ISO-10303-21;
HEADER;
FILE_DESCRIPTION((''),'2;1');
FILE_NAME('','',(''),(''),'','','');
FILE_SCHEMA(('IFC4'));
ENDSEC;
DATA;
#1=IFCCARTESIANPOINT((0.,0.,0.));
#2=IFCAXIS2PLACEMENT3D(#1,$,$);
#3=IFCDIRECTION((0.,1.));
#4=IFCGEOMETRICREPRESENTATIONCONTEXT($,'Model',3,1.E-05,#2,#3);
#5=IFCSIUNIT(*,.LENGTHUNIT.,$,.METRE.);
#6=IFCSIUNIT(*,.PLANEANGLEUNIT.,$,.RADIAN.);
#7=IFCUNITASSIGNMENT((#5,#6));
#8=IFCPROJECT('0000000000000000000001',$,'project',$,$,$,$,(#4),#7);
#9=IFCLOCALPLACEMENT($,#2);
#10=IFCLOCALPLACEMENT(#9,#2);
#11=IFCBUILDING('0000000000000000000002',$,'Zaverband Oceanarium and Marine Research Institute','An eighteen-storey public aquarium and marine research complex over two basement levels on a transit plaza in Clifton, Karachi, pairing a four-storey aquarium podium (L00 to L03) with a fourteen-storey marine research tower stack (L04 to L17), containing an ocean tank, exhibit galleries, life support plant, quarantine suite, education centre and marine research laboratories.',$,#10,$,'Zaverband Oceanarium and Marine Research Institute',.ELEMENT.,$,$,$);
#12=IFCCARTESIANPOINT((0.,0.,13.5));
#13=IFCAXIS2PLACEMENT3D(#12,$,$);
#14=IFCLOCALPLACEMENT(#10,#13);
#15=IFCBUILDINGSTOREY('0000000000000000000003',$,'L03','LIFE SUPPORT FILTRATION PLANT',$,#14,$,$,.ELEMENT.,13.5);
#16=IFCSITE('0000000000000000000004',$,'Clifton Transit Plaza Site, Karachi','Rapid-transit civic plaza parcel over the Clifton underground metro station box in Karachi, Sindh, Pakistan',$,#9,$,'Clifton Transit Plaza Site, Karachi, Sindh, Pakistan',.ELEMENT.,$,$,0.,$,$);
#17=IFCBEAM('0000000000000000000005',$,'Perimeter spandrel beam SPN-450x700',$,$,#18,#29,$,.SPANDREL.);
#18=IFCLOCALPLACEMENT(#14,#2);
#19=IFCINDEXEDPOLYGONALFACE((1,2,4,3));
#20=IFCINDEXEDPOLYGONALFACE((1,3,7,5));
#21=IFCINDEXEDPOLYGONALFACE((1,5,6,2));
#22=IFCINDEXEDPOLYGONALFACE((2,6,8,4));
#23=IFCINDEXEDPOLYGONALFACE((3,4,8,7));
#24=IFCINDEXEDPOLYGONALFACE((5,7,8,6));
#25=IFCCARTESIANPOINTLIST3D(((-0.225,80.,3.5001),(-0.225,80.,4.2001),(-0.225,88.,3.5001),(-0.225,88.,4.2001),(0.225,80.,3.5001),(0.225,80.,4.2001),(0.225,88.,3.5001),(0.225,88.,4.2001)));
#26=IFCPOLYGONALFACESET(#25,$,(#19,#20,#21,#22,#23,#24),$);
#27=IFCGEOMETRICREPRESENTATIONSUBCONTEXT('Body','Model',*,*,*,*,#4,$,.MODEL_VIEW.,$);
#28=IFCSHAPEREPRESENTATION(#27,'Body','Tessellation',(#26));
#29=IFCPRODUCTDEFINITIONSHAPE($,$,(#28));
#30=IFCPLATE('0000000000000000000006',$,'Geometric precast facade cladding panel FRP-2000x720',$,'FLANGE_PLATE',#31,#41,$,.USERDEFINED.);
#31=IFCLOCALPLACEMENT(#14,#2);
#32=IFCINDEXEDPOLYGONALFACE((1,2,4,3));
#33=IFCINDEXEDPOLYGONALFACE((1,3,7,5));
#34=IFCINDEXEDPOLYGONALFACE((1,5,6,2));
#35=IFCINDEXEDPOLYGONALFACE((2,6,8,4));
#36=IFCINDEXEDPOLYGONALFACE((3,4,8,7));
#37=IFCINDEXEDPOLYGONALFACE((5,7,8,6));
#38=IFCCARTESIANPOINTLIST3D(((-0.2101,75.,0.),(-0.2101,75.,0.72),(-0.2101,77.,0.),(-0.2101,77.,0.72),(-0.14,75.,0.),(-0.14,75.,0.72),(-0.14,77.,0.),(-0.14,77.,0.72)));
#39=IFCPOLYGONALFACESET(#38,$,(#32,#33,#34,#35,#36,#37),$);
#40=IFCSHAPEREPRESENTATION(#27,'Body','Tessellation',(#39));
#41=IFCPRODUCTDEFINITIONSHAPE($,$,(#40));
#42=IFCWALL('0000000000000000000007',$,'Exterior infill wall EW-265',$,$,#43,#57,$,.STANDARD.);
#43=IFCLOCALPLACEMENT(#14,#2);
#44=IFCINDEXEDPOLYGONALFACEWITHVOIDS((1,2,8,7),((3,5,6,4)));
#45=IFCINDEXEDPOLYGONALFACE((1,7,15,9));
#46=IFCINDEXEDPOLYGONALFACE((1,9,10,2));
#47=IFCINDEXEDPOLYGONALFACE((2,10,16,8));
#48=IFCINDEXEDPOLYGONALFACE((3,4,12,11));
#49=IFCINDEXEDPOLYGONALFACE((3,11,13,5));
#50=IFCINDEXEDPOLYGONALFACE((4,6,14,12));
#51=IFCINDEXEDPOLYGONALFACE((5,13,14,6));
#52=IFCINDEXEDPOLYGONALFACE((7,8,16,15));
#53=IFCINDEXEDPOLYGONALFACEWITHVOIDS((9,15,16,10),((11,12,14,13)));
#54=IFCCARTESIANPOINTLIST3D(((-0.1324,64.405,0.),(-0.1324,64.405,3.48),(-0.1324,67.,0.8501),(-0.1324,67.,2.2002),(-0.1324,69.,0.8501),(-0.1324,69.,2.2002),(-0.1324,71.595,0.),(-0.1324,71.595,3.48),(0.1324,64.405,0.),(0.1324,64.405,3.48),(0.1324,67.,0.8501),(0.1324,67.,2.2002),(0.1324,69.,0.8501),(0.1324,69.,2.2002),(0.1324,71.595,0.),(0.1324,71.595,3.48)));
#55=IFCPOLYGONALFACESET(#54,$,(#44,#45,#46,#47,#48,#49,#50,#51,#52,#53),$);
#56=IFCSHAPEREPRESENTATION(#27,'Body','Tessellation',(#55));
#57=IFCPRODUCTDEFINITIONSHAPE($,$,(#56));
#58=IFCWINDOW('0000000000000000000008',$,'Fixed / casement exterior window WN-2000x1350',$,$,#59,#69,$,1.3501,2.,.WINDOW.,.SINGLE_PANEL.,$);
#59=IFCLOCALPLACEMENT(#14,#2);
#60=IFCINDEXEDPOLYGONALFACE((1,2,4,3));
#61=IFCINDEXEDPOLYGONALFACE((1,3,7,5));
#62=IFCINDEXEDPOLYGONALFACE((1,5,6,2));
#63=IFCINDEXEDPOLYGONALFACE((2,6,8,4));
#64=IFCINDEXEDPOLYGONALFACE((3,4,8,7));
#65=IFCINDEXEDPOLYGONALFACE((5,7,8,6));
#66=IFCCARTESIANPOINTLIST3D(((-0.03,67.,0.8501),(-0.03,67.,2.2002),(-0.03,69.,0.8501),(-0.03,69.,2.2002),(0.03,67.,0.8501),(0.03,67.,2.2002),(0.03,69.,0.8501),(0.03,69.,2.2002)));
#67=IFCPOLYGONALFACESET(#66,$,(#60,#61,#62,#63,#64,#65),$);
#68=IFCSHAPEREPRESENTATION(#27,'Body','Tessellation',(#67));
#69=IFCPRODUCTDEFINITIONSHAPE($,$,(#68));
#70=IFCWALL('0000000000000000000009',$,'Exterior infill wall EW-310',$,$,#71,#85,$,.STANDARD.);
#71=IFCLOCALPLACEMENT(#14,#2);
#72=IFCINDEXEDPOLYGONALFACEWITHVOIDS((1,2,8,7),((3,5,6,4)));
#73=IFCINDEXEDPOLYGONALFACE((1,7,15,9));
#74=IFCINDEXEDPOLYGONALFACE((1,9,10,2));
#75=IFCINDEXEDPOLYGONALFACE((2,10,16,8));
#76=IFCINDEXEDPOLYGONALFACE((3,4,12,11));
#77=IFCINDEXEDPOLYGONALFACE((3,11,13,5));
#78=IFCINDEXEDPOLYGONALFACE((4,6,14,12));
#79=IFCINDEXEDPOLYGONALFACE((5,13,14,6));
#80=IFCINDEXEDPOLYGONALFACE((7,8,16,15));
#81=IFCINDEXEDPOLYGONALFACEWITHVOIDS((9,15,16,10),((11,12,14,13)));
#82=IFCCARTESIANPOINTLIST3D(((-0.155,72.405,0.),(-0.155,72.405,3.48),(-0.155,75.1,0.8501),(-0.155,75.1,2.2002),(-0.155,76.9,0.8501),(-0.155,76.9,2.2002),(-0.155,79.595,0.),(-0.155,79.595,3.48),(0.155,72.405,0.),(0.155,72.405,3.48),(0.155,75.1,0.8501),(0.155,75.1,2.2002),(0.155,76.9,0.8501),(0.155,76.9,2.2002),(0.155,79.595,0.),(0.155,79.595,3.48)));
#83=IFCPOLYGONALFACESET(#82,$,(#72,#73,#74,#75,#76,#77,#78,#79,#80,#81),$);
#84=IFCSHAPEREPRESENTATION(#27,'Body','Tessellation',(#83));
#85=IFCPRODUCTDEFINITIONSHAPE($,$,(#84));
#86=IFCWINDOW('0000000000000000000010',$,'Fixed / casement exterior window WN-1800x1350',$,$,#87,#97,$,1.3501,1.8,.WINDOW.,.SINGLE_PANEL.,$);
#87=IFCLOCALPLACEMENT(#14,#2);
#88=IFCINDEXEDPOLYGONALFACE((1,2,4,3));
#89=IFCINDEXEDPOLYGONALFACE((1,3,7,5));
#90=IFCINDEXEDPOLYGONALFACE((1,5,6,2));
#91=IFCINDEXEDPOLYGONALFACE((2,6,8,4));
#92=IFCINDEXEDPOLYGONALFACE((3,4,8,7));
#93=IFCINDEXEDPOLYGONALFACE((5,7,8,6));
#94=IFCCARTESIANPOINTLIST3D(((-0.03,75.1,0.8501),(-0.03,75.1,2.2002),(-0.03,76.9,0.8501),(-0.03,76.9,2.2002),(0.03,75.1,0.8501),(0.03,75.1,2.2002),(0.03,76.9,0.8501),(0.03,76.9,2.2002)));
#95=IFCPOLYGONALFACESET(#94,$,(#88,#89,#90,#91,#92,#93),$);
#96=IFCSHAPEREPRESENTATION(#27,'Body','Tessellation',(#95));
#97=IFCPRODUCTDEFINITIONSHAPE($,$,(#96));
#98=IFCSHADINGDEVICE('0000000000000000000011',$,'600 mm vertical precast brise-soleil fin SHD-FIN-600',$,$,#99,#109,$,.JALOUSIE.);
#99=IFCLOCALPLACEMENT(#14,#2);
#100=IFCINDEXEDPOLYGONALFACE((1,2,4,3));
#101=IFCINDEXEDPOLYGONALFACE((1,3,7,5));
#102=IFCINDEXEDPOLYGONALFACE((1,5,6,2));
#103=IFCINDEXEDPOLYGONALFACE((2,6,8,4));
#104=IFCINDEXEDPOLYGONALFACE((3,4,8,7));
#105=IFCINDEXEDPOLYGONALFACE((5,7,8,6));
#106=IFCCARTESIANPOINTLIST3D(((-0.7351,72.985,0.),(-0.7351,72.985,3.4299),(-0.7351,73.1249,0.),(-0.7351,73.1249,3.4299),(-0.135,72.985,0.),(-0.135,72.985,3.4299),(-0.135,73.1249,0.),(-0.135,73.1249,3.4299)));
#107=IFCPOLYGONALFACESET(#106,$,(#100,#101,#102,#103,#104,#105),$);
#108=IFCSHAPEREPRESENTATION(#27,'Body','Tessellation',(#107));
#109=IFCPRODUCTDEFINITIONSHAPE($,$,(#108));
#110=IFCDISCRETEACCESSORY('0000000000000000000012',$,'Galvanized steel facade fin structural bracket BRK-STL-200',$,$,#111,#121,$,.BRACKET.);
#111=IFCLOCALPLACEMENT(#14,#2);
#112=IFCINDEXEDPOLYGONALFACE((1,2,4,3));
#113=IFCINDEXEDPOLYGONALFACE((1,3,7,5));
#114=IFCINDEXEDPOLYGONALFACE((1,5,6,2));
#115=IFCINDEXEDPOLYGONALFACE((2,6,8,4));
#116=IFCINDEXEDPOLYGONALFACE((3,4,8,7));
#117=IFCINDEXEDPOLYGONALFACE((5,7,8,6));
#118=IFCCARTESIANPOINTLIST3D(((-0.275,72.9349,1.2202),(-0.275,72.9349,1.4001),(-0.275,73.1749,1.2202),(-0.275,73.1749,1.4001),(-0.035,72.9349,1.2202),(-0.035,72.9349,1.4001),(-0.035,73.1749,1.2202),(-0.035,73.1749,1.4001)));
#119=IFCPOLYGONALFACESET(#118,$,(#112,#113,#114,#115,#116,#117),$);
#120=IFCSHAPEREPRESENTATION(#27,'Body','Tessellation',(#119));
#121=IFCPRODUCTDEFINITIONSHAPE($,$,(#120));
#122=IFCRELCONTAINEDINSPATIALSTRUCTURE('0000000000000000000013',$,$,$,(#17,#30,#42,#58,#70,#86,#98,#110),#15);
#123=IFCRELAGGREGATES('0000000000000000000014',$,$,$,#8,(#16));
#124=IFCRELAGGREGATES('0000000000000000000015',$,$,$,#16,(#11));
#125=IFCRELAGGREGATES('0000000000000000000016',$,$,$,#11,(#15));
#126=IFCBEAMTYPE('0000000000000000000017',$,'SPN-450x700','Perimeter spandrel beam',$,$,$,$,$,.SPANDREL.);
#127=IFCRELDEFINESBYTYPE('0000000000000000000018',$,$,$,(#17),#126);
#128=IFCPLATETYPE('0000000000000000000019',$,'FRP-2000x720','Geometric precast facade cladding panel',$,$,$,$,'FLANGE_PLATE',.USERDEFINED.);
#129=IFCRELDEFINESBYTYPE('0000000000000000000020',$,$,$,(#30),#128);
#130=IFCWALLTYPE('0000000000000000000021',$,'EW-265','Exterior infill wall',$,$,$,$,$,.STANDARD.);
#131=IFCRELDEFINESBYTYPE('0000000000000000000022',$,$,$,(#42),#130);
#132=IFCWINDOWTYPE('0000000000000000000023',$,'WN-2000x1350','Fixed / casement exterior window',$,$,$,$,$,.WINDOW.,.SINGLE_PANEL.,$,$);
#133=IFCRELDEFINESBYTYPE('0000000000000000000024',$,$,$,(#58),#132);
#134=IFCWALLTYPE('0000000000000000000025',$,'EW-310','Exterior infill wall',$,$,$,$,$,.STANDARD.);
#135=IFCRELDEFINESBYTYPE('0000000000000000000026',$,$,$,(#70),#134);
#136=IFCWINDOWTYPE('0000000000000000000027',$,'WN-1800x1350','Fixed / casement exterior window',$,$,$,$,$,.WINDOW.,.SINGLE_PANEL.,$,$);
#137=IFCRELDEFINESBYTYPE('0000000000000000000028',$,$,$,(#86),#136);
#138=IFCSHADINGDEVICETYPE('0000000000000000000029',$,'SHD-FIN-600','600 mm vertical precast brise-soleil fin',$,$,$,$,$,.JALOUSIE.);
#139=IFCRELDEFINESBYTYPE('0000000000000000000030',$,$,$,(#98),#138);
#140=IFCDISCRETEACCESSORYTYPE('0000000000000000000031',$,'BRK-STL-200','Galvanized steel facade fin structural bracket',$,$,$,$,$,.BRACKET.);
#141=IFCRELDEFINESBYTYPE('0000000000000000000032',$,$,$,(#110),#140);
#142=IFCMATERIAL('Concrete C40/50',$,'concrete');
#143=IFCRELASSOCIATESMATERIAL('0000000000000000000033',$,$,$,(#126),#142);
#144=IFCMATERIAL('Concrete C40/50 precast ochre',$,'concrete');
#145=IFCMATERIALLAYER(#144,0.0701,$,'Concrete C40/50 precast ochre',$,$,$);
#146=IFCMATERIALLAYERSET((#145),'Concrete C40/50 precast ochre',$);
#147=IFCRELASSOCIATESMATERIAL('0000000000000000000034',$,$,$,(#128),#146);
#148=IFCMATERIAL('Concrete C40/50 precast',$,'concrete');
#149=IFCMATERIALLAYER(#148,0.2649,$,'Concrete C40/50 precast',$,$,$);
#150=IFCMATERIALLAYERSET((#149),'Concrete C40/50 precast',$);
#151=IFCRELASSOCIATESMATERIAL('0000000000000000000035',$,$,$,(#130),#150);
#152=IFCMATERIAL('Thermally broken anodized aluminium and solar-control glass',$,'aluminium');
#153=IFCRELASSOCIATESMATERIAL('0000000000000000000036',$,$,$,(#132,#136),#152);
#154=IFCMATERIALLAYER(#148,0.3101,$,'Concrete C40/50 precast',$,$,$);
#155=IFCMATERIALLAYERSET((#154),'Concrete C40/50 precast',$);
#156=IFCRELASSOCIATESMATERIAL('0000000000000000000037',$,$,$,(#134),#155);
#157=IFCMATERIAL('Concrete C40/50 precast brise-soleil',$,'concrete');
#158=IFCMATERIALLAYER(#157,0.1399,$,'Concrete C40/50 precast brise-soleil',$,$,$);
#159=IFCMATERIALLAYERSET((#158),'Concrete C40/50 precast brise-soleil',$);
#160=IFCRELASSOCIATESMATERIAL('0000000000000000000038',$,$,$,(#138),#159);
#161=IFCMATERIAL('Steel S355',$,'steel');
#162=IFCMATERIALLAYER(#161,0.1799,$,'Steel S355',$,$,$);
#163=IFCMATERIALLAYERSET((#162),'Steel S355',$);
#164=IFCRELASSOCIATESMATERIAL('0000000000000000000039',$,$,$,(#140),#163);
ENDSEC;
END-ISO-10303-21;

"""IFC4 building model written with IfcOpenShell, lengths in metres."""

from ifc_helpers import new_model, si_unit, direction, frame, frame_2d, origin, origin_2d, place, context, subcontext, project, spatial, rectangle, extrude, material, layer, layer_set, material_profile, profile_set, type_object, element, fill, save


model = new_model("IFC4")

# Units and contexts
model_context = context("Model", 3, precision=1e-05, world=origin(), true_north=direction((0.0, 1.0)))
body_context = subcontext(model_context, "Body", "Model", "MODEL_VIEW")
ifc_project = project(units=[si_unit("LENGTHUNIT", "METRE"), si_unit("PLANEANGLEUNIT", "RADIAN")], contexts=[model_context])

# Site, building, storey
site_placement = place(None, origin())
site = spatial("IfcSite", under=ifc_project, at=site_placement, Name="Clifton Transit Plaza Site, Karachi", Description="Rapid-transit civic plaza parcel over the Clifton underground metro station box in Karachi, Sindh, Pakistan", LongName="Clifton Transit Plaza Site, Karachi, Sindh, Pakistan", CompositionType="ELEMENT", RefElevation=0.0)
building_placement = place(site_placement, origin())
building = spatial("IfcBuilding", under=site, at=building_placement, Name="Zaverband Oceanarium and Marine Research Institute", Description="An eighteen-storey public aquarium and marine research complex over two basement levels on a transit plaza in Clifton, Karachi, pairing a four-storey aquarium podium (L00 to L03) with a fourteen-storey marine research tower stack (L04 to L17), containing an ocean tank, exhibit galleries, life support plant, quarantine suite, education centre and marine research laboratories.", LongName="Zaverband Oceanarium and Marine Research Institute", CompositionType="ELEMENT")
storey_placement = place(building_placement, frame((0.0, 0.0, 13.5)))
storey = spatial("IfcBuildingStorey", under=building, at=storey_placement, Name="L03", Description="LIFE SUPPORT FILTRATION PLANT", CompositionType="ELEMENT", Elevation=13.5)

# Beam
ifc_material_1 = material(Name="Concrete C40/50", Category="concrete")
ifc_material_profile_1 = material_profile(ifc_material_1, rectangle(XDim=0.45, YDim=0.7, at=origin_2d()), Name="RC450x700")
ifc_profile_set_1 = profile_set([ifc_material_profile_1], Name="Concrete C40/50")
beam_type_1 = type_object("IfcBeamType", Name="SPN-450x700", Description="Perimeter spandrel beam", PredefinedType="SPANDREL", material=ifc_profile_set_1)
for number, where, z_axis, x_axis, name in (
    (1, (0.0, 80.0, 3.8501), (0.0, 1.0, 0.0), (-1.0, 0.0, 0.0), "Perimeter spandrel beam SPN-450x700"),
):
    element("IfcBeam", number, at=place(storey_placement, frame(where, z_axis=z_axis, x_axis=x_axis)), inside=storey, type_object=beam_type_1, Name=name, PredefinedType="SPANDREL", context=body_context, shape_type="SweptSolid", body=[
        extrude(rectangle(XDim=0.45, YDim=0.7, at=origin_2d()), origin(), (0.0, 0.0, 1.0), 8.0),
    ])

# Plate
ifc_material_2 = material(Name="Concrete C40/50 precast ochre", Category="concrete")
ifc_layer_1 = layer(ifc_material_2, 0.0701, Name="Concrete C40/50 precast ochre")
ifc_layer_set_1 = layer_set([ifc_layer_1], Name="Concrete C40/50 precast ochre")
plate_type = type_object("IfcPlateType", Name="FRP-2000x720", Description="Geometric precast facade cladding panel", ElementType="FLANGE_PLATE", PredefinedType="USERDEFINED", material=ifc_layer_set_1)
plate_placement = place(storey_placement, frame((-0.175, 75.0, 0.0), z_axis=(0.0, 0.0, 1.0), x_axis=(0.0, 1.0, 0.0)))
element("IfcPlate", 2, at=plate_placement, inside=storey, type_object=plate_type, Name="Geometric precast facade cladding panel FRP-2000x720", ObjectType="FLANGE_PLATE", PredefinedType="USERDEFINED", context=body_context, shape_type="SweptSolid", body=[
    extrude(rectangle(XDim=2.0, YDim=0.0701, at=frame_2d((1.0, 0.0))), origin(), (0.0, 0.0, 1.0), 0.72),
])

# Walls, openings, windows
ifc_material_3 = material(Name="Concrete C40/50 precast", Category="concrete")
ifc_layer_2 = layer(ifc_material_3, 0.2649, Name="Concrete C40/50 precast")
ifc_layer_set_2 = layer_set([ifc_layer_2], Name="Concrete C40/50 precast")
wall_type_1 = type_object("IfcWallType", Name="EW-265", Description="Exterior infill wall", PredefinedType="STANDARD", material=ifc_layer_set_2)
wall_1_placement = place(storey_placement, frame((0.0, 64.405, 0.0), z_axis=(0.0, 0.0, 1.0), x_axis=(0.0, 1.0, 0.0)))
wall_1 = element("IfcWall", 3, at=wall_1_placement, inside=storey, type_object=wall_type_1, Name="Exterior infill wall EW-265", PredefinedType="STANDARD", context=body_context, shape_type="SweptSolid", body=[
    extrude(rectangle(XDim=7.1899, YDim=0.2649, at=frame_2d((3.595, 0.0))), origin(), (0.0, 0.0, 1.0), 3.48),
])
opening_1_placement = place(wall_1_placement, frame((2.595, 0.0, 0.8501)))
opening_1 = element("IfcOpeningElement", 4, at=opening_1_placement, cuts=wall_1, PredefinedType="OPENING", context=body_context, shape_type="SweptSolid", body=[
    extrude(rectangle(XDim=2.0, YDim=1.3501, at=frame_2d((1.0, 0.675))), frame((0.0, 0.1445, 0.0), z_axis=(0.0, -1.0, 0.0), x_axis=(1.0, 0.0, 0.0)), (0.0, 0.0, 1.0), 0.2888),
])
ifc_material_4 = material(Name="Thermally broken anodized aluminium and solar-control glass", Category="aluminium")
window_type_1 = type_object("IfcWindowType", Name="WN-2000x1350", Description="Fixed / casement exterior window", PartitioningType="SINGLE_PANEL", PredefinedType="WINDOW", material=ifc_material_4)
window_1_placement = place(opening_1_placement, origin())
window_1 = element("IfcWindow", 5, at=window_1_placement, inside=storey, type_object=window_type_1, Name="Fixed / casement exterior window WN-2000x1350", OverallHeight=1.3501, OverallWidth=2.0, PartitioningType="SINGLE_PANEL", PredefinedType="WINDOW", context=body_context, shape_type="SweptSolid", body=[
    extrude(rectangle(XDim=2.0, YDim=1.3501, at=frame_2d((1.0, 0.675))), frame((0.0, 0.03, 0.0), z_axis=(0.0, -1.0, 0.0), x_axis=(1.0, 0.0, 0.0)), (0.0, 0.0, 1.0), 0.0601),
])
fill(opening_1, window_1)
ifc_layer_3 = layer(ifc_material_3, 0.3101, Name="Concrete C40/50 precast")
ifc_layer_set_3 = layer_set([ifc_layer_3], Name="Concrete C40/50 precast")
wall_type_2 = type_object("IfcWallType", Name="EW-310", Description="Exterior infill wall", PredefinedType="STANDARD", material=ifc_layer_set_3)
wall_2_placement = place(storey_placement, frame((0.0, 72.405, 0.0), z_axis=(0.0, 0.0, 1.0), x_axis=(0.0, 1.0, 0.0)))
wall_2 = element("IfcWall", 6, at=wall_2_placement, inside=storey, type_object=wall_type_2, Name="Exterior infill wall EW-310", PredefinedType="STANDARD", context=body_context, shape_type="SweptSolid", body=[
    extrude(rectangle(XDim=7.1899, YDim=0.3101, at=frame_2d((3.595, 0.0))), origin(), (0.0, 0.0, 1.0), 3.48),
])
opening_2_placement = place(wall_2_placement, frame((2.6951, 0.0, 0.8501)))
opening_2 = element("IfcOpeningElement", 7, at=opening_2_placement, cuts=wall_2, PredefinedType="OPENING", context=body_context, shape_type="SweptSolid", body=[
    extrude(rectangle(XDim=1.8, YDim=1.3501, at=frame_2d((0.8999, 0.675))), frame((0.0, 0.167, 0.0), z_axis=(0.0, -1.0, 0.0), x_axis=(1.0, 0.0, 0.0)), (0.0, 0.0, 1.0), 0.334),
])
window_type_2 = type_object("IfcWindowType", Name="WN-1800x1350", Description="Fixed / casement exterior window", PartitioningType="SINGLE_PANEL", PredefinedType="WINDOW", material=ifc_material_4)
window_2_placement = place(opening_2_placement, origin())
window_2 = element("IfcWindow", 8, at=window_2_placement, inside=storey, type_object=window_type_2, Name="Fixed / casement exterior window WN-1800x1350", OverallHeight=1.3501, OverallWidth=1.8, PartitioningType="SINGLE_PANEL", PredefinedType="WINDOW", context=body_context, shape_type="SweptSolid", body=[
    extrude(rectangle(XDim=1.8, YDim=1.3501, at=frame_2d((0.8999, 0.675))), frame((0.0, 0.03, 0.0), z_axis=(0.0, -1.0, 0.0), x_axis=(1.0, 0.0, 0.0)), (0.0, 0.0, 1.0), 0.0601),
])
fill(opening_2, window_2)

# Shading device
ifc_material_5 = material(Name="Concrete C40/50 precast brise-soleil", Category="concrete")
ifc_layer_4 = layer(ifc_material_5, 0.1399, Name="Concrete C40/50 precast brise-soleil")
ifc_layer_set_4 = layer_set([ifc_layer_4], Name="Concrete C40/50 precast brise-soleil")
shading_device_type = type_object("IfcShadingDeviceType", Name="SHD-FIN-600", Description="600 mm vertical precast brise-soleil fin", PredefinedType="JALOUSIE", material=ifc_layer_set_4)
shading_device_placement = place(storey_placement, frame((-0.135, 73.0549, 0.0), z_axis=(0.0, 0.0, 1.0), x_axis=(-1.0, 0.0, 0.0)))
element("IfcShadingDevice", 9, at=shading_device_placement, inside=storey, type_object=shading_device_type, Name="600 mm vertical precast brise-soleil fin SHD-FIN-600", PredefinedType="JALOUSIE", context=body_context, shape_type="SweptSolid", body=[
    extrude(rectangle(XDim=0.6001, YDim=0.1399, at=frame_2d((0.3, 0.0))), origin(), (0.0, 0.0, 1.0), 3.4299),
])

# Discrete accessory
ifc_material_6 = material(Name="Steel S355", Category="steel")
ifc_layer_5 = layer(ifc_material_6, 0.1799, Name="Steel S355")
ifc_layer_set_5 = layer_set([ifc_layer_5], Name="Steel S355")
discrete_accessory_type = type_object("IfcDiscreteAccessoryType", Name="BRK-STL-200", Description="Galvanized steel facade fin structural bracket", PredefinedType="BRACKET", material=ifc_layer_set_5)
discrete_accessory_placement = place(storey_placement, frame((-0.155, 73.0549, 1.2202), z_axis=(0.0, 0.0, 1.0), x_axis=(1.0, 0.0, 0.0)))
element("IfcDiscreteAccessory", 10, at=discrete_accessory_placement, inside=storey, type_object=discrete_accessory_type, Name="Galvanized steel facade fin structural bracket BRK-STL-200", PredefinedType="BRACKET", context=body_context, shape_type="SweptSolid", body=[
    extrude(rectangle(XDim=0.24, YDim=0.24, at=origin_2d()), origin(), (0.0, 0.0, 1.0), 0.1799),
])

save(model, "model.ifc")
